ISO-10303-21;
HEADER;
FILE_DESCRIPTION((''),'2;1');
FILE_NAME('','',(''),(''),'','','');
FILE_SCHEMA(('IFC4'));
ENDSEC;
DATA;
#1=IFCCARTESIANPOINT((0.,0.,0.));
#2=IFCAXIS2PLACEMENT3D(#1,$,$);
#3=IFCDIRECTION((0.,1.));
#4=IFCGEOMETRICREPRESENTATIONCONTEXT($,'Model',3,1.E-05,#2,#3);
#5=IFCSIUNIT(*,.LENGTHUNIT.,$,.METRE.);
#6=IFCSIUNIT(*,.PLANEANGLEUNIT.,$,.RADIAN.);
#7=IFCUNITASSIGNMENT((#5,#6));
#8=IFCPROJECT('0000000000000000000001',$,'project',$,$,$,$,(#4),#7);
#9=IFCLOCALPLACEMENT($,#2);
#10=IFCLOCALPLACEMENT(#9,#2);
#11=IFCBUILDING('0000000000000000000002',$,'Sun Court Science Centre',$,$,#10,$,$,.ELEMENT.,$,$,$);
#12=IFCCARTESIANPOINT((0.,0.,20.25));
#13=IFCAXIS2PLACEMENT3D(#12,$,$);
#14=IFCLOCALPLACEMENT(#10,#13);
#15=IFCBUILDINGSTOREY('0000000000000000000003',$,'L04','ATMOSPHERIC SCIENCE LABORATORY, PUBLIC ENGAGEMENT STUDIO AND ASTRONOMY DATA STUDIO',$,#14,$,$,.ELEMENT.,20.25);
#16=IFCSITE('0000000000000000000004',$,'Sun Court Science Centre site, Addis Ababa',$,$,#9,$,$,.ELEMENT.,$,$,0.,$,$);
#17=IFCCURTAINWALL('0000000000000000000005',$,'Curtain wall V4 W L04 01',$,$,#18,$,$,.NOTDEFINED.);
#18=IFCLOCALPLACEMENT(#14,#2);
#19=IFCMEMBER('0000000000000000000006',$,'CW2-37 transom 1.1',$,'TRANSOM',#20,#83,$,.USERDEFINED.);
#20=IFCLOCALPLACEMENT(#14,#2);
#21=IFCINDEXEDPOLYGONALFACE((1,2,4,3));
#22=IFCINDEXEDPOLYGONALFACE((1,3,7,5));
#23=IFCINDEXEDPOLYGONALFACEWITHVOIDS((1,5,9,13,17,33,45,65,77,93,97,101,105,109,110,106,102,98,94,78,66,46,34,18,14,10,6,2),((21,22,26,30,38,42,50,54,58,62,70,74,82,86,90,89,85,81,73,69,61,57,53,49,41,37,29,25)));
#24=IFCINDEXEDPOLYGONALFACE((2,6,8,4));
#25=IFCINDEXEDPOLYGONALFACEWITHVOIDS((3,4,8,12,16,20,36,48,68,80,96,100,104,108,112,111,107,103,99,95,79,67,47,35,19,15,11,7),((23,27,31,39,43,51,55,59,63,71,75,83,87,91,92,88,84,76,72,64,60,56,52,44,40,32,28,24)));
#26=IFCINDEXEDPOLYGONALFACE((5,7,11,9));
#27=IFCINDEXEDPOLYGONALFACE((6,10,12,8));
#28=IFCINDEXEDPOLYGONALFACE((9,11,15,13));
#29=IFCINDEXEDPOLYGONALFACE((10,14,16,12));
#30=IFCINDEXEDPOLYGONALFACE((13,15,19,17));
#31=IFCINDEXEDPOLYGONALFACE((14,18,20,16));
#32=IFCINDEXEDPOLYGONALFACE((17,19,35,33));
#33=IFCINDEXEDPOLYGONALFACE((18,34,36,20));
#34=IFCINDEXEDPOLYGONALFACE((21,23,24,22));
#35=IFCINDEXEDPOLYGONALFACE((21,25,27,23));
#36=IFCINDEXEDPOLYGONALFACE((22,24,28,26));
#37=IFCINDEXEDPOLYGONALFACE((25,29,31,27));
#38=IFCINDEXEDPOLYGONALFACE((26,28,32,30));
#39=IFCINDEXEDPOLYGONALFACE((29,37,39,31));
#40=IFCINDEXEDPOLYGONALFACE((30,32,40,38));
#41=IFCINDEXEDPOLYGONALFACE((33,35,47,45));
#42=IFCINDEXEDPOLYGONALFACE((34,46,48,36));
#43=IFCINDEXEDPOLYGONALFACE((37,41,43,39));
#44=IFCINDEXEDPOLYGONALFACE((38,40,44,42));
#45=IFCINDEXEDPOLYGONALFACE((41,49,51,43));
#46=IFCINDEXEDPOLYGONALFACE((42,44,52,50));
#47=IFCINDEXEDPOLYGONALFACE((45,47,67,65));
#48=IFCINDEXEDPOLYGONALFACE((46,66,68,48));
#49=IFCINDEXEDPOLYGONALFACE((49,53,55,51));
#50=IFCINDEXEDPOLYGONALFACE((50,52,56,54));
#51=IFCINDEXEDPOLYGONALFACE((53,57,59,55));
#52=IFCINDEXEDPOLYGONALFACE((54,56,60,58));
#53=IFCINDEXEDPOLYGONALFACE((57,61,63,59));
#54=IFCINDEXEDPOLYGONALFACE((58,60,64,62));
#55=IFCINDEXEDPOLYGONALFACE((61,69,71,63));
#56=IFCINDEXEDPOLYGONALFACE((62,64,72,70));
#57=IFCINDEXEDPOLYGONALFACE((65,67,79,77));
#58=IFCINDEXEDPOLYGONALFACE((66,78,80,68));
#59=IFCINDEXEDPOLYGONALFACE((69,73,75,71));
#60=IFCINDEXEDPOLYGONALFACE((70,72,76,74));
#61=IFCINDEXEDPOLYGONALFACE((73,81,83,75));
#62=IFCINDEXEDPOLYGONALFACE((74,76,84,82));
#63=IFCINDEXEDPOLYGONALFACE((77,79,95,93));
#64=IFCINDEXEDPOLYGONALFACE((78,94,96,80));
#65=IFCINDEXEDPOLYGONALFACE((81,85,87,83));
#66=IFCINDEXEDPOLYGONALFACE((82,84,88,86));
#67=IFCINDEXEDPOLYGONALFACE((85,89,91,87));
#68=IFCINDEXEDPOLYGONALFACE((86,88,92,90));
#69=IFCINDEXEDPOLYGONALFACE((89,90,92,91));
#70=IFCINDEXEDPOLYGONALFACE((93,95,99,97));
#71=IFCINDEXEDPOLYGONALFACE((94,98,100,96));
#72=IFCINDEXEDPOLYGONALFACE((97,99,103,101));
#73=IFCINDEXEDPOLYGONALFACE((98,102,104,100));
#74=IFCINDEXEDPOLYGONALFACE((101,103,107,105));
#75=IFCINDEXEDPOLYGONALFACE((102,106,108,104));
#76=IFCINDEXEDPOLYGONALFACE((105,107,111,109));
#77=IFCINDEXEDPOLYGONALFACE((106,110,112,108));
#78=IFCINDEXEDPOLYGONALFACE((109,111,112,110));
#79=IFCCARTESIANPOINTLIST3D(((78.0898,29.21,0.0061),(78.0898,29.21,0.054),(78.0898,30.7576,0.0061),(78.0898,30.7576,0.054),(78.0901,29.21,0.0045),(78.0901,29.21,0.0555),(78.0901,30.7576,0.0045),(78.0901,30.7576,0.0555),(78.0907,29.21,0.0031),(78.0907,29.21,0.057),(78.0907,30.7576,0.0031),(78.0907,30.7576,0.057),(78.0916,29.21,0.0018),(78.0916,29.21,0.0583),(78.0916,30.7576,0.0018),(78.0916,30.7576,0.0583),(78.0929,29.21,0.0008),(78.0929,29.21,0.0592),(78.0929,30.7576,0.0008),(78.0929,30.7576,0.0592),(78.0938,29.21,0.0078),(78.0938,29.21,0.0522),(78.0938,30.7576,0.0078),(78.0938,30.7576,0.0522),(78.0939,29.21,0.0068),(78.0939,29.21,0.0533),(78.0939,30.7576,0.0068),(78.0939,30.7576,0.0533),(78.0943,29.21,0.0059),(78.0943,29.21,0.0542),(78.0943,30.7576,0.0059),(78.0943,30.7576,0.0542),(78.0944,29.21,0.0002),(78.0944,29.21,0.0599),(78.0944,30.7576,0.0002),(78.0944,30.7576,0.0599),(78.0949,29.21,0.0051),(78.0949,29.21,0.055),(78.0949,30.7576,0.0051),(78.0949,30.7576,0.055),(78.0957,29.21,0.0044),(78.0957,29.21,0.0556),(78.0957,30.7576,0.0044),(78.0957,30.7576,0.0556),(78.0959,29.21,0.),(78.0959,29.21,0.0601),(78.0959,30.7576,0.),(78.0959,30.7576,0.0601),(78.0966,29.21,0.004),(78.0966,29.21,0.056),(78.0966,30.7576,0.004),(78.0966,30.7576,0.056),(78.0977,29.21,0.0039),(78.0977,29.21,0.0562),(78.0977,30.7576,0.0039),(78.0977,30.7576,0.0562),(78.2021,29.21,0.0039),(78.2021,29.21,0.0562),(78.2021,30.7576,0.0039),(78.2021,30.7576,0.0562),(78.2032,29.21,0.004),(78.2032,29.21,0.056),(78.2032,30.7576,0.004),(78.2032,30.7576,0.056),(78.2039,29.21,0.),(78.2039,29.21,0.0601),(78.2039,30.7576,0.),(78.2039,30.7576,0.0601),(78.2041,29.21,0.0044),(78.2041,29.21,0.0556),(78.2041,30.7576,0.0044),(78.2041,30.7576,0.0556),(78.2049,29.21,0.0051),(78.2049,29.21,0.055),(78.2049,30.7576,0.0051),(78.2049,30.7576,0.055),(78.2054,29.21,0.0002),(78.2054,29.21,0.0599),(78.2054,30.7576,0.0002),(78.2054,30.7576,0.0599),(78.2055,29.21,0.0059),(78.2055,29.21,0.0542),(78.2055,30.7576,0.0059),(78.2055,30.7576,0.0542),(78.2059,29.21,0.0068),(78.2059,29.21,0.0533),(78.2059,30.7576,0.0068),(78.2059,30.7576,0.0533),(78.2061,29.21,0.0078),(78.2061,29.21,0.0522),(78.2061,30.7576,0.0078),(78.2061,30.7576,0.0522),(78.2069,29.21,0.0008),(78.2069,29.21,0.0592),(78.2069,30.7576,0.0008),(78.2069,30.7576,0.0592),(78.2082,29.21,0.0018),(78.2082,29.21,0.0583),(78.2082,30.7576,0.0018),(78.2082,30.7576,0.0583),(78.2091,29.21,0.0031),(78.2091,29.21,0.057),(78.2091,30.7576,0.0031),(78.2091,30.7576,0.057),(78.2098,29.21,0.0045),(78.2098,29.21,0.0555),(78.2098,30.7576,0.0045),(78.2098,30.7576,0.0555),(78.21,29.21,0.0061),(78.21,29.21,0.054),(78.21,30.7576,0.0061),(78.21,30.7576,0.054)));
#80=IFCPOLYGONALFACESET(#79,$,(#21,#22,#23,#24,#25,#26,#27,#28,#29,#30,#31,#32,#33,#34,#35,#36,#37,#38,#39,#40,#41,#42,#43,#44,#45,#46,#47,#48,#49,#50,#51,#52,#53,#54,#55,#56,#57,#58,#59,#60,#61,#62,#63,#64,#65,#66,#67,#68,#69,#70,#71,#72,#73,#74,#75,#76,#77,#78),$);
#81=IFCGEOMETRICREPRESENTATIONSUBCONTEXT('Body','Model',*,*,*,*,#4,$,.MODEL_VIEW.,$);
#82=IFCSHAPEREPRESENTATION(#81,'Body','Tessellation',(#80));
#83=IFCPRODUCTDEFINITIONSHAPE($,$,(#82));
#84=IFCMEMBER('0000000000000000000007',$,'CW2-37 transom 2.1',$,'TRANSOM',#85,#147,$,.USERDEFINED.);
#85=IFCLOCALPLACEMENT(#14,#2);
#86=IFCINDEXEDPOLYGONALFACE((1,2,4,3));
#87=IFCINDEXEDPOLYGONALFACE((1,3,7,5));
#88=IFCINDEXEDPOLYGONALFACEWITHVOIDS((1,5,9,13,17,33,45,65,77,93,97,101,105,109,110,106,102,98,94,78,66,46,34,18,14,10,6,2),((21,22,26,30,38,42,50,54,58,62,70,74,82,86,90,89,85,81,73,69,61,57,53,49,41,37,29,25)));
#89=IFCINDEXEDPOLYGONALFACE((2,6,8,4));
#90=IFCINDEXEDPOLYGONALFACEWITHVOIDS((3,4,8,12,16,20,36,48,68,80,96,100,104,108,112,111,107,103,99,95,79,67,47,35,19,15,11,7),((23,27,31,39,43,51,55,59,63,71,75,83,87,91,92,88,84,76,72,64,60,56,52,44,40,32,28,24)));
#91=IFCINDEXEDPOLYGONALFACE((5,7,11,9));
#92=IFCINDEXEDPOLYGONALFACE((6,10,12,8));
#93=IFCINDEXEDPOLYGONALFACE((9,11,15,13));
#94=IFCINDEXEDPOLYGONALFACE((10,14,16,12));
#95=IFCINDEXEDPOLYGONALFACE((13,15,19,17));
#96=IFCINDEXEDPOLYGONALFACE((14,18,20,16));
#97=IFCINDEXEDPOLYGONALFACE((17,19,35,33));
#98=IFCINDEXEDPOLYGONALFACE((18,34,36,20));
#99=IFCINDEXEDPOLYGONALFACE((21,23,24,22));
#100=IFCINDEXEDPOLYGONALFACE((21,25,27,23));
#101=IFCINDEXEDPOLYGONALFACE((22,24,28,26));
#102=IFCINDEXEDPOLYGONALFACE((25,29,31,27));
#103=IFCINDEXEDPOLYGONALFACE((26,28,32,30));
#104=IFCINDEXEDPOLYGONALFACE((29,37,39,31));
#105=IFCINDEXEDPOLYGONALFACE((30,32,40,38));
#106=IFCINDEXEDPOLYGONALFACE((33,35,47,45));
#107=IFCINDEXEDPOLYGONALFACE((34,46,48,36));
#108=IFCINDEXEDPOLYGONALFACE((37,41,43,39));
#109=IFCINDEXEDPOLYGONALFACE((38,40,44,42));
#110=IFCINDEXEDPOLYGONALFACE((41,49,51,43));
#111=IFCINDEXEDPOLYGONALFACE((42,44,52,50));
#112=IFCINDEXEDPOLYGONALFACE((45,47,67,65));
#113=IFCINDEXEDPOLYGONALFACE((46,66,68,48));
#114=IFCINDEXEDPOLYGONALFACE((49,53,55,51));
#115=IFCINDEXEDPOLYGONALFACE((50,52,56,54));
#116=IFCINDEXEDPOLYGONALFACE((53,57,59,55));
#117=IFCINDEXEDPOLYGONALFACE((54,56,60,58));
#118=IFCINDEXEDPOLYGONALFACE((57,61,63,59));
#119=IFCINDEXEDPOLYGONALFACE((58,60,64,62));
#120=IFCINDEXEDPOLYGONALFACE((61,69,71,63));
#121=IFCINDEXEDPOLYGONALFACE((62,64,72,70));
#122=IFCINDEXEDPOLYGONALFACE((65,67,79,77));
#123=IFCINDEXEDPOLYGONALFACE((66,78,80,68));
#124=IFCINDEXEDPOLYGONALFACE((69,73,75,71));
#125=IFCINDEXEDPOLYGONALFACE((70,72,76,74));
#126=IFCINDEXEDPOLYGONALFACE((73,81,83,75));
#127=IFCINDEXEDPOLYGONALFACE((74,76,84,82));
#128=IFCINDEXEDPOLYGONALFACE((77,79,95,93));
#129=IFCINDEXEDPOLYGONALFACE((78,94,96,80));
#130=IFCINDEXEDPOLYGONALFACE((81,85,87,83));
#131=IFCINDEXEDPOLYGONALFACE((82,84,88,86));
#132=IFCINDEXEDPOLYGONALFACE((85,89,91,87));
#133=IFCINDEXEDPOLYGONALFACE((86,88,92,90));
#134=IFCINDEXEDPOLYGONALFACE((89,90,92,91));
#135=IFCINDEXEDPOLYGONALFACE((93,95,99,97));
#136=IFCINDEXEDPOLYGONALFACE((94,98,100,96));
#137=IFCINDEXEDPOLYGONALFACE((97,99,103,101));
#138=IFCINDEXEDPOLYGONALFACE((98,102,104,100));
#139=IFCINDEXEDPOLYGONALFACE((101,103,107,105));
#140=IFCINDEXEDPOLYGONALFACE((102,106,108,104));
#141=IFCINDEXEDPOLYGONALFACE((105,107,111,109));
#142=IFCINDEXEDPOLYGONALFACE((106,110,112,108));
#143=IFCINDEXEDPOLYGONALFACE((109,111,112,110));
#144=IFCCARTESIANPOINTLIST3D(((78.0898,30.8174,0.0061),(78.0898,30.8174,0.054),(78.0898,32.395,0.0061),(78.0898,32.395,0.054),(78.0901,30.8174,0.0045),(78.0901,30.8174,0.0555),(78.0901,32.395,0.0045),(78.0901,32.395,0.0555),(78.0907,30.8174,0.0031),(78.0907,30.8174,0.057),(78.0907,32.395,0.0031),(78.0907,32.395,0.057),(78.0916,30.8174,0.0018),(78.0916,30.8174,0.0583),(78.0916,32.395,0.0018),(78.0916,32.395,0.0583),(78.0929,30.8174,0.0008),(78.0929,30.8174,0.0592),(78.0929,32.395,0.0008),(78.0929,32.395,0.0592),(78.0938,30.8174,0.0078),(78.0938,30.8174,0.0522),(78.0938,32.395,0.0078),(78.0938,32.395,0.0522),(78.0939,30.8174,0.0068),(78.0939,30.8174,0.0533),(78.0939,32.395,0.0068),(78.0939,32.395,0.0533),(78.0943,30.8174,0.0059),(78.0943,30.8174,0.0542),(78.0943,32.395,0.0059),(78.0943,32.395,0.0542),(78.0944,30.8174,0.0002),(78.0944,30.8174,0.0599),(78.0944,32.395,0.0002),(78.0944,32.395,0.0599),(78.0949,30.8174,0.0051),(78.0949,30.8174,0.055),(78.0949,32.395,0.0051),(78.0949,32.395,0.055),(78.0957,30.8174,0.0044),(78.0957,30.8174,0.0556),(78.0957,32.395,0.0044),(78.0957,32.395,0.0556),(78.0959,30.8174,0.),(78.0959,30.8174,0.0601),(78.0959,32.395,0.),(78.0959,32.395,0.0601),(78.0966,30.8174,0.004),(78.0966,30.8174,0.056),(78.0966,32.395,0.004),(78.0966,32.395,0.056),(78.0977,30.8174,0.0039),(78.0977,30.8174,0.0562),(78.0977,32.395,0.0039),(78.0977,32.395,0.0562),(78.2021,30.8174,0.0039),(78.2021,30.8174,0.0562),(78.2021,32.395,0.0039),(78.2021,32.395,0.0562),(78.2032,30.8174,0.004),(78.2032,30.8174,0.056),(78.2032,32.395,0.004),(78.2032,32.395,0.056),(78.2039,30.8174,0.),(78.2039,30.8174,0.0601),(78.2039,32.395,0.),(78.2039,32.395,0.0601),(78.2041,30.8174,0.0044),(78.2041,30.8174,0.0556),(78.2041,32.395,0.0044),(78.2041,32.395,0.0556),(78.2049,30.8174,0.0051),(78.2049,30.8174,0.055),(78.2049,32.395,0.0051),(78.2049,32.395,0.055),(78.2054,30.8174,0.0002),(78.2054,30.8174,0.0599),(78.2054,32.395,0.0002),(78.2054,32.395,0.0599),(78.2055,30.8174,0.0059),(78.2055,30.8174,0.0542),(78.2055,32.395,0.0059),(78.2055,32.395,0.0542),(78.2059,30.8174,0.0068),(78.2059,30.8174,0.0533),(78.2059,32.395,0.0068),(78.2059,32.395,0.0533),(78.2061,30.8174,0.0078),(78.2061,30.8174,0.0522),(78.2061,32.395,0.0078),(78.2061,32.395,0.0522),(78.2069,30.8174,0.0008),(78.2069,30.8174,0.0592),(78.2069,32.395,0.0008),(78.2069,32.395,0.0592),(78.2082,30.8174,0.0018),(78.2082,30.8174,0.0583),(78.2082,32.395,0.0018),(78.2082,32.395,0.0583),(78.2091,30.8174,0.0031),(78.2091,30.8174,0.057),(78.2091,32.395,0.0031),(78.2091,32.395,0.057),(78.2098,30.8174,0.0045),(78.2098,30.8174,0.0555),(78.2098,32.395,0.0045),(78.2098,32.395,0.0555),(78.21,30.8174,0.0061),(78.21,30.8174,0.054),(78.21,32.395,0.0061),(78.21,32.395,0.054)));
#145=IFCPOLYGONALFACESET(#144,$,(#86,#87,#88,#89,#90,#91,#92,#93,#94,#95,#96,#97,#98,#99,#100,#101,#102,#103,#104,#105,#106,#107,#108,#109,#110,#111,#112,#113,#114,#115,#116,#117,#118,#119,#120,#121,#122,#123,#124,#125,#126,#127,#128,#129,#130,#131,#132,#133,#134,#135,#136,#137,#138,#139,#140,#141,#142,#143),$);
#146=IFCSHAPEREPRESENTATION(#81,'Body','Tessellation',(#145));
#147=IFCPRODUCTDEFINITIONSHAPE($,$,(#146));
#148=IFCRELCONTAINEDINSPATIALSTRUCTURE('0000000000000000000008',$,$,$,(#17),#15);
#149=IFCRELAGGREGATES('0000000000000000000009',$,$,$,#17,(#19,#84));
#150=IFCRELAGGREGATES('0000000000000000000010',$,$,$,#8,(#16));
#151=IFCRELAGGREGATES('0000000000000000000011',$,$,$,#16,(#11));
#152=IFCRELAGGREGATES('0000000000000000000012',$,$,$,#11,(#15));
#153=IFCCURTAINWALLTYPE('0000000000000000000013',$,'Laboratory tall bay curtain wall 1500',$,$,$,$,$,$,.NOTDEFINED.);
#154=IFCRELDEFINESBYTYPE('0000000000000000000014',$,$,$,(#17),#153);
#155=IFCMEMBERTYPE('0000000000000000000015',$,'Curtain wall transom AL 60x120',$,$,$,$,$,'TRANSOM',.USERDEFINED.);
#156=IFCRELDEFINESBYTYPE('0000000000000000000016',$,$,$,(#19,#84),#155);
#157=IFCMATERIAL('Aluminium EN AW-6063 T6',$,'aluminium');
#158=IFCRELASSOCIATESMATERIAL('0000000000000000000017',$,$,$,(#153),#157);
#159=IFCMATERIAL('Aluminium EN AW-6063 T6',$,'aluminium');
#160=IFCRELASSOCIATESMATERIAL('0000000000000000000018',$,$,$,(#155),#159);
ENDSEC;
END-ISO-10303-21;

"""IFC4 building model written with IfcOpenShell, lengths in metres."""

from ifc_helpers import new_model, si_unit, direction, frame, origin, origin_2d, place, context, subcontext, project, spatial, hollow_rectangle, extrude, material, material_profile, profile_set, type_object, element, aggregate, save


model = new_model("IFC4")

# Units and contexts
model_context = context("Model", 3, precision=1e-05, world=origin(), true_north=direction((0.0, 1.0)))
body_context = subcontext(model_context, "Body", "Model", "MODEL_VIEW")
ifc_project = project(units=[si_unit("LENGTHUNIT", "METRE"), si_unit("PLANEANGLEUNIT", "RADIAN")], contexts=[model_context])

# Site, building, storey
site_placement = place(None, origin())
site = spatial("IfcSite", under=ifc_project, at=site_placement, Name="Sun Court Science Centre site, Addis Ababa", CompositionType="ELEMENT", RefElevation=0.0)
building_placement = place(site_placement, origin())
building = spatial("IfcBuilding", under=site, at=building_placement, Name="Sun Court Science Centre", CompositionType="ELEMENT")
storey_placement = place(building_placement, frame((0.0, 0.0, 20.25)))
storey = spatial("IfcBuildingStorey", under=building, at=storey_placement, Name="L04", Description="ATMOSPHERIC SCIENCE LABORATORY, PUBLIC ENGAGEMENT STUDIO AND ASTRONOMY DATA STUDIO", CompositionType="ELEMENT", Elevation=20.25)

# Curtain wall, members
ifc_material_1 = material(Name="Aluminium EN AW-6063 T6", Category="aluminium")
curtain_wall_type = type_object("IfcCurtainWallType", Name="Laboratory tall bay curtain wall 1500", PredefinedType="NOTDEFINED", material=ifc_material_1)
curtain_wall_placement = place(storey_placement, origin())
curtain_wall = element("IfcCurtainWall", 1, at=curtain_wall_placement, inside=storey, type_object=curtain_wall_type, Name="Curtain wall V4 W L04 01", PredefinedType="NOTDEFINED")
ifc_material_2 = material(Name="Aluminium EN AW-6063 T6", Category="aluminium")
ifc_material_profile_1 = material_profile(ifc_material_2, hollow_rectangle(XDim=0.0601, YDim=0.1201, WallThickness=0.0039, InnerFilletRadius=0.0039, OuterFilletRadius=0.0061, at=origin_2d()), Name="AL 60x120x4")
ifc_profile_set_1 = profile_set([ifc_material_profile_1], Name="Aluminium EN AW-6063 T6")
member_type_1 = type_object("IfcMemberType", Name="Curtain wall transom AL 60x120", ElementType="TRANSOM", PredefinedType="USERDEFINED", material=ifc_profile_set_1)
member_1_placement = place(storey_placement, frame((78.1499, 29.21, 0.03), z_axis=(0.0, 1.0, 0.0), x_axis=(0.0, 0.0, 1.0)))
member_1 = element("IfcMember", 2, at=member_1_placement, type_object=member_type_1, Name="CW2-37 transom 1.1", ObjectType="TRANSOM", PredefinedType="USERDEFINED", context=body_context, shape_type="SweptSolid", body=[
    extrude(hollow_rectangle(XDim=0.0601, YDim=0.1201, WallThickness=0.0039, InnerFilletRadius=0.0039, OuterFilletRadius=0.0061, at=origin_2d()), origin(), (0.0, 0.0, 1.0), 1.5476),
])
member_2_placement = place(storey_placement, frame((78.1499, 30.8174, 0.03), z_axis=(0.0, 1.0, 0.0), x_axis=(0.0, 0.0, 1.0)))
member_2 = element("IfcMember", 3, at=member_2_placement, type_object=member_type_1, Name="CW2-37 transom 2.1", ObjectType="TRANSOM", PredefinedType="USERDEFINED", context=body_context, shape_type="SweptSolid", body=[
    extrude(hollow_rectangle(XDim=0.0601, YDim=0.1201, WallThickness=0.0039, InnerFilletRadius=0.0039, OuterFilletRadius=0.0061, at=origin_2d()), origin(), (0.0, 0.0, 1.0), 1.5776),
])
aggregate(curtain_wall, [member_1, member_2])

save(model, "model.ifc")
